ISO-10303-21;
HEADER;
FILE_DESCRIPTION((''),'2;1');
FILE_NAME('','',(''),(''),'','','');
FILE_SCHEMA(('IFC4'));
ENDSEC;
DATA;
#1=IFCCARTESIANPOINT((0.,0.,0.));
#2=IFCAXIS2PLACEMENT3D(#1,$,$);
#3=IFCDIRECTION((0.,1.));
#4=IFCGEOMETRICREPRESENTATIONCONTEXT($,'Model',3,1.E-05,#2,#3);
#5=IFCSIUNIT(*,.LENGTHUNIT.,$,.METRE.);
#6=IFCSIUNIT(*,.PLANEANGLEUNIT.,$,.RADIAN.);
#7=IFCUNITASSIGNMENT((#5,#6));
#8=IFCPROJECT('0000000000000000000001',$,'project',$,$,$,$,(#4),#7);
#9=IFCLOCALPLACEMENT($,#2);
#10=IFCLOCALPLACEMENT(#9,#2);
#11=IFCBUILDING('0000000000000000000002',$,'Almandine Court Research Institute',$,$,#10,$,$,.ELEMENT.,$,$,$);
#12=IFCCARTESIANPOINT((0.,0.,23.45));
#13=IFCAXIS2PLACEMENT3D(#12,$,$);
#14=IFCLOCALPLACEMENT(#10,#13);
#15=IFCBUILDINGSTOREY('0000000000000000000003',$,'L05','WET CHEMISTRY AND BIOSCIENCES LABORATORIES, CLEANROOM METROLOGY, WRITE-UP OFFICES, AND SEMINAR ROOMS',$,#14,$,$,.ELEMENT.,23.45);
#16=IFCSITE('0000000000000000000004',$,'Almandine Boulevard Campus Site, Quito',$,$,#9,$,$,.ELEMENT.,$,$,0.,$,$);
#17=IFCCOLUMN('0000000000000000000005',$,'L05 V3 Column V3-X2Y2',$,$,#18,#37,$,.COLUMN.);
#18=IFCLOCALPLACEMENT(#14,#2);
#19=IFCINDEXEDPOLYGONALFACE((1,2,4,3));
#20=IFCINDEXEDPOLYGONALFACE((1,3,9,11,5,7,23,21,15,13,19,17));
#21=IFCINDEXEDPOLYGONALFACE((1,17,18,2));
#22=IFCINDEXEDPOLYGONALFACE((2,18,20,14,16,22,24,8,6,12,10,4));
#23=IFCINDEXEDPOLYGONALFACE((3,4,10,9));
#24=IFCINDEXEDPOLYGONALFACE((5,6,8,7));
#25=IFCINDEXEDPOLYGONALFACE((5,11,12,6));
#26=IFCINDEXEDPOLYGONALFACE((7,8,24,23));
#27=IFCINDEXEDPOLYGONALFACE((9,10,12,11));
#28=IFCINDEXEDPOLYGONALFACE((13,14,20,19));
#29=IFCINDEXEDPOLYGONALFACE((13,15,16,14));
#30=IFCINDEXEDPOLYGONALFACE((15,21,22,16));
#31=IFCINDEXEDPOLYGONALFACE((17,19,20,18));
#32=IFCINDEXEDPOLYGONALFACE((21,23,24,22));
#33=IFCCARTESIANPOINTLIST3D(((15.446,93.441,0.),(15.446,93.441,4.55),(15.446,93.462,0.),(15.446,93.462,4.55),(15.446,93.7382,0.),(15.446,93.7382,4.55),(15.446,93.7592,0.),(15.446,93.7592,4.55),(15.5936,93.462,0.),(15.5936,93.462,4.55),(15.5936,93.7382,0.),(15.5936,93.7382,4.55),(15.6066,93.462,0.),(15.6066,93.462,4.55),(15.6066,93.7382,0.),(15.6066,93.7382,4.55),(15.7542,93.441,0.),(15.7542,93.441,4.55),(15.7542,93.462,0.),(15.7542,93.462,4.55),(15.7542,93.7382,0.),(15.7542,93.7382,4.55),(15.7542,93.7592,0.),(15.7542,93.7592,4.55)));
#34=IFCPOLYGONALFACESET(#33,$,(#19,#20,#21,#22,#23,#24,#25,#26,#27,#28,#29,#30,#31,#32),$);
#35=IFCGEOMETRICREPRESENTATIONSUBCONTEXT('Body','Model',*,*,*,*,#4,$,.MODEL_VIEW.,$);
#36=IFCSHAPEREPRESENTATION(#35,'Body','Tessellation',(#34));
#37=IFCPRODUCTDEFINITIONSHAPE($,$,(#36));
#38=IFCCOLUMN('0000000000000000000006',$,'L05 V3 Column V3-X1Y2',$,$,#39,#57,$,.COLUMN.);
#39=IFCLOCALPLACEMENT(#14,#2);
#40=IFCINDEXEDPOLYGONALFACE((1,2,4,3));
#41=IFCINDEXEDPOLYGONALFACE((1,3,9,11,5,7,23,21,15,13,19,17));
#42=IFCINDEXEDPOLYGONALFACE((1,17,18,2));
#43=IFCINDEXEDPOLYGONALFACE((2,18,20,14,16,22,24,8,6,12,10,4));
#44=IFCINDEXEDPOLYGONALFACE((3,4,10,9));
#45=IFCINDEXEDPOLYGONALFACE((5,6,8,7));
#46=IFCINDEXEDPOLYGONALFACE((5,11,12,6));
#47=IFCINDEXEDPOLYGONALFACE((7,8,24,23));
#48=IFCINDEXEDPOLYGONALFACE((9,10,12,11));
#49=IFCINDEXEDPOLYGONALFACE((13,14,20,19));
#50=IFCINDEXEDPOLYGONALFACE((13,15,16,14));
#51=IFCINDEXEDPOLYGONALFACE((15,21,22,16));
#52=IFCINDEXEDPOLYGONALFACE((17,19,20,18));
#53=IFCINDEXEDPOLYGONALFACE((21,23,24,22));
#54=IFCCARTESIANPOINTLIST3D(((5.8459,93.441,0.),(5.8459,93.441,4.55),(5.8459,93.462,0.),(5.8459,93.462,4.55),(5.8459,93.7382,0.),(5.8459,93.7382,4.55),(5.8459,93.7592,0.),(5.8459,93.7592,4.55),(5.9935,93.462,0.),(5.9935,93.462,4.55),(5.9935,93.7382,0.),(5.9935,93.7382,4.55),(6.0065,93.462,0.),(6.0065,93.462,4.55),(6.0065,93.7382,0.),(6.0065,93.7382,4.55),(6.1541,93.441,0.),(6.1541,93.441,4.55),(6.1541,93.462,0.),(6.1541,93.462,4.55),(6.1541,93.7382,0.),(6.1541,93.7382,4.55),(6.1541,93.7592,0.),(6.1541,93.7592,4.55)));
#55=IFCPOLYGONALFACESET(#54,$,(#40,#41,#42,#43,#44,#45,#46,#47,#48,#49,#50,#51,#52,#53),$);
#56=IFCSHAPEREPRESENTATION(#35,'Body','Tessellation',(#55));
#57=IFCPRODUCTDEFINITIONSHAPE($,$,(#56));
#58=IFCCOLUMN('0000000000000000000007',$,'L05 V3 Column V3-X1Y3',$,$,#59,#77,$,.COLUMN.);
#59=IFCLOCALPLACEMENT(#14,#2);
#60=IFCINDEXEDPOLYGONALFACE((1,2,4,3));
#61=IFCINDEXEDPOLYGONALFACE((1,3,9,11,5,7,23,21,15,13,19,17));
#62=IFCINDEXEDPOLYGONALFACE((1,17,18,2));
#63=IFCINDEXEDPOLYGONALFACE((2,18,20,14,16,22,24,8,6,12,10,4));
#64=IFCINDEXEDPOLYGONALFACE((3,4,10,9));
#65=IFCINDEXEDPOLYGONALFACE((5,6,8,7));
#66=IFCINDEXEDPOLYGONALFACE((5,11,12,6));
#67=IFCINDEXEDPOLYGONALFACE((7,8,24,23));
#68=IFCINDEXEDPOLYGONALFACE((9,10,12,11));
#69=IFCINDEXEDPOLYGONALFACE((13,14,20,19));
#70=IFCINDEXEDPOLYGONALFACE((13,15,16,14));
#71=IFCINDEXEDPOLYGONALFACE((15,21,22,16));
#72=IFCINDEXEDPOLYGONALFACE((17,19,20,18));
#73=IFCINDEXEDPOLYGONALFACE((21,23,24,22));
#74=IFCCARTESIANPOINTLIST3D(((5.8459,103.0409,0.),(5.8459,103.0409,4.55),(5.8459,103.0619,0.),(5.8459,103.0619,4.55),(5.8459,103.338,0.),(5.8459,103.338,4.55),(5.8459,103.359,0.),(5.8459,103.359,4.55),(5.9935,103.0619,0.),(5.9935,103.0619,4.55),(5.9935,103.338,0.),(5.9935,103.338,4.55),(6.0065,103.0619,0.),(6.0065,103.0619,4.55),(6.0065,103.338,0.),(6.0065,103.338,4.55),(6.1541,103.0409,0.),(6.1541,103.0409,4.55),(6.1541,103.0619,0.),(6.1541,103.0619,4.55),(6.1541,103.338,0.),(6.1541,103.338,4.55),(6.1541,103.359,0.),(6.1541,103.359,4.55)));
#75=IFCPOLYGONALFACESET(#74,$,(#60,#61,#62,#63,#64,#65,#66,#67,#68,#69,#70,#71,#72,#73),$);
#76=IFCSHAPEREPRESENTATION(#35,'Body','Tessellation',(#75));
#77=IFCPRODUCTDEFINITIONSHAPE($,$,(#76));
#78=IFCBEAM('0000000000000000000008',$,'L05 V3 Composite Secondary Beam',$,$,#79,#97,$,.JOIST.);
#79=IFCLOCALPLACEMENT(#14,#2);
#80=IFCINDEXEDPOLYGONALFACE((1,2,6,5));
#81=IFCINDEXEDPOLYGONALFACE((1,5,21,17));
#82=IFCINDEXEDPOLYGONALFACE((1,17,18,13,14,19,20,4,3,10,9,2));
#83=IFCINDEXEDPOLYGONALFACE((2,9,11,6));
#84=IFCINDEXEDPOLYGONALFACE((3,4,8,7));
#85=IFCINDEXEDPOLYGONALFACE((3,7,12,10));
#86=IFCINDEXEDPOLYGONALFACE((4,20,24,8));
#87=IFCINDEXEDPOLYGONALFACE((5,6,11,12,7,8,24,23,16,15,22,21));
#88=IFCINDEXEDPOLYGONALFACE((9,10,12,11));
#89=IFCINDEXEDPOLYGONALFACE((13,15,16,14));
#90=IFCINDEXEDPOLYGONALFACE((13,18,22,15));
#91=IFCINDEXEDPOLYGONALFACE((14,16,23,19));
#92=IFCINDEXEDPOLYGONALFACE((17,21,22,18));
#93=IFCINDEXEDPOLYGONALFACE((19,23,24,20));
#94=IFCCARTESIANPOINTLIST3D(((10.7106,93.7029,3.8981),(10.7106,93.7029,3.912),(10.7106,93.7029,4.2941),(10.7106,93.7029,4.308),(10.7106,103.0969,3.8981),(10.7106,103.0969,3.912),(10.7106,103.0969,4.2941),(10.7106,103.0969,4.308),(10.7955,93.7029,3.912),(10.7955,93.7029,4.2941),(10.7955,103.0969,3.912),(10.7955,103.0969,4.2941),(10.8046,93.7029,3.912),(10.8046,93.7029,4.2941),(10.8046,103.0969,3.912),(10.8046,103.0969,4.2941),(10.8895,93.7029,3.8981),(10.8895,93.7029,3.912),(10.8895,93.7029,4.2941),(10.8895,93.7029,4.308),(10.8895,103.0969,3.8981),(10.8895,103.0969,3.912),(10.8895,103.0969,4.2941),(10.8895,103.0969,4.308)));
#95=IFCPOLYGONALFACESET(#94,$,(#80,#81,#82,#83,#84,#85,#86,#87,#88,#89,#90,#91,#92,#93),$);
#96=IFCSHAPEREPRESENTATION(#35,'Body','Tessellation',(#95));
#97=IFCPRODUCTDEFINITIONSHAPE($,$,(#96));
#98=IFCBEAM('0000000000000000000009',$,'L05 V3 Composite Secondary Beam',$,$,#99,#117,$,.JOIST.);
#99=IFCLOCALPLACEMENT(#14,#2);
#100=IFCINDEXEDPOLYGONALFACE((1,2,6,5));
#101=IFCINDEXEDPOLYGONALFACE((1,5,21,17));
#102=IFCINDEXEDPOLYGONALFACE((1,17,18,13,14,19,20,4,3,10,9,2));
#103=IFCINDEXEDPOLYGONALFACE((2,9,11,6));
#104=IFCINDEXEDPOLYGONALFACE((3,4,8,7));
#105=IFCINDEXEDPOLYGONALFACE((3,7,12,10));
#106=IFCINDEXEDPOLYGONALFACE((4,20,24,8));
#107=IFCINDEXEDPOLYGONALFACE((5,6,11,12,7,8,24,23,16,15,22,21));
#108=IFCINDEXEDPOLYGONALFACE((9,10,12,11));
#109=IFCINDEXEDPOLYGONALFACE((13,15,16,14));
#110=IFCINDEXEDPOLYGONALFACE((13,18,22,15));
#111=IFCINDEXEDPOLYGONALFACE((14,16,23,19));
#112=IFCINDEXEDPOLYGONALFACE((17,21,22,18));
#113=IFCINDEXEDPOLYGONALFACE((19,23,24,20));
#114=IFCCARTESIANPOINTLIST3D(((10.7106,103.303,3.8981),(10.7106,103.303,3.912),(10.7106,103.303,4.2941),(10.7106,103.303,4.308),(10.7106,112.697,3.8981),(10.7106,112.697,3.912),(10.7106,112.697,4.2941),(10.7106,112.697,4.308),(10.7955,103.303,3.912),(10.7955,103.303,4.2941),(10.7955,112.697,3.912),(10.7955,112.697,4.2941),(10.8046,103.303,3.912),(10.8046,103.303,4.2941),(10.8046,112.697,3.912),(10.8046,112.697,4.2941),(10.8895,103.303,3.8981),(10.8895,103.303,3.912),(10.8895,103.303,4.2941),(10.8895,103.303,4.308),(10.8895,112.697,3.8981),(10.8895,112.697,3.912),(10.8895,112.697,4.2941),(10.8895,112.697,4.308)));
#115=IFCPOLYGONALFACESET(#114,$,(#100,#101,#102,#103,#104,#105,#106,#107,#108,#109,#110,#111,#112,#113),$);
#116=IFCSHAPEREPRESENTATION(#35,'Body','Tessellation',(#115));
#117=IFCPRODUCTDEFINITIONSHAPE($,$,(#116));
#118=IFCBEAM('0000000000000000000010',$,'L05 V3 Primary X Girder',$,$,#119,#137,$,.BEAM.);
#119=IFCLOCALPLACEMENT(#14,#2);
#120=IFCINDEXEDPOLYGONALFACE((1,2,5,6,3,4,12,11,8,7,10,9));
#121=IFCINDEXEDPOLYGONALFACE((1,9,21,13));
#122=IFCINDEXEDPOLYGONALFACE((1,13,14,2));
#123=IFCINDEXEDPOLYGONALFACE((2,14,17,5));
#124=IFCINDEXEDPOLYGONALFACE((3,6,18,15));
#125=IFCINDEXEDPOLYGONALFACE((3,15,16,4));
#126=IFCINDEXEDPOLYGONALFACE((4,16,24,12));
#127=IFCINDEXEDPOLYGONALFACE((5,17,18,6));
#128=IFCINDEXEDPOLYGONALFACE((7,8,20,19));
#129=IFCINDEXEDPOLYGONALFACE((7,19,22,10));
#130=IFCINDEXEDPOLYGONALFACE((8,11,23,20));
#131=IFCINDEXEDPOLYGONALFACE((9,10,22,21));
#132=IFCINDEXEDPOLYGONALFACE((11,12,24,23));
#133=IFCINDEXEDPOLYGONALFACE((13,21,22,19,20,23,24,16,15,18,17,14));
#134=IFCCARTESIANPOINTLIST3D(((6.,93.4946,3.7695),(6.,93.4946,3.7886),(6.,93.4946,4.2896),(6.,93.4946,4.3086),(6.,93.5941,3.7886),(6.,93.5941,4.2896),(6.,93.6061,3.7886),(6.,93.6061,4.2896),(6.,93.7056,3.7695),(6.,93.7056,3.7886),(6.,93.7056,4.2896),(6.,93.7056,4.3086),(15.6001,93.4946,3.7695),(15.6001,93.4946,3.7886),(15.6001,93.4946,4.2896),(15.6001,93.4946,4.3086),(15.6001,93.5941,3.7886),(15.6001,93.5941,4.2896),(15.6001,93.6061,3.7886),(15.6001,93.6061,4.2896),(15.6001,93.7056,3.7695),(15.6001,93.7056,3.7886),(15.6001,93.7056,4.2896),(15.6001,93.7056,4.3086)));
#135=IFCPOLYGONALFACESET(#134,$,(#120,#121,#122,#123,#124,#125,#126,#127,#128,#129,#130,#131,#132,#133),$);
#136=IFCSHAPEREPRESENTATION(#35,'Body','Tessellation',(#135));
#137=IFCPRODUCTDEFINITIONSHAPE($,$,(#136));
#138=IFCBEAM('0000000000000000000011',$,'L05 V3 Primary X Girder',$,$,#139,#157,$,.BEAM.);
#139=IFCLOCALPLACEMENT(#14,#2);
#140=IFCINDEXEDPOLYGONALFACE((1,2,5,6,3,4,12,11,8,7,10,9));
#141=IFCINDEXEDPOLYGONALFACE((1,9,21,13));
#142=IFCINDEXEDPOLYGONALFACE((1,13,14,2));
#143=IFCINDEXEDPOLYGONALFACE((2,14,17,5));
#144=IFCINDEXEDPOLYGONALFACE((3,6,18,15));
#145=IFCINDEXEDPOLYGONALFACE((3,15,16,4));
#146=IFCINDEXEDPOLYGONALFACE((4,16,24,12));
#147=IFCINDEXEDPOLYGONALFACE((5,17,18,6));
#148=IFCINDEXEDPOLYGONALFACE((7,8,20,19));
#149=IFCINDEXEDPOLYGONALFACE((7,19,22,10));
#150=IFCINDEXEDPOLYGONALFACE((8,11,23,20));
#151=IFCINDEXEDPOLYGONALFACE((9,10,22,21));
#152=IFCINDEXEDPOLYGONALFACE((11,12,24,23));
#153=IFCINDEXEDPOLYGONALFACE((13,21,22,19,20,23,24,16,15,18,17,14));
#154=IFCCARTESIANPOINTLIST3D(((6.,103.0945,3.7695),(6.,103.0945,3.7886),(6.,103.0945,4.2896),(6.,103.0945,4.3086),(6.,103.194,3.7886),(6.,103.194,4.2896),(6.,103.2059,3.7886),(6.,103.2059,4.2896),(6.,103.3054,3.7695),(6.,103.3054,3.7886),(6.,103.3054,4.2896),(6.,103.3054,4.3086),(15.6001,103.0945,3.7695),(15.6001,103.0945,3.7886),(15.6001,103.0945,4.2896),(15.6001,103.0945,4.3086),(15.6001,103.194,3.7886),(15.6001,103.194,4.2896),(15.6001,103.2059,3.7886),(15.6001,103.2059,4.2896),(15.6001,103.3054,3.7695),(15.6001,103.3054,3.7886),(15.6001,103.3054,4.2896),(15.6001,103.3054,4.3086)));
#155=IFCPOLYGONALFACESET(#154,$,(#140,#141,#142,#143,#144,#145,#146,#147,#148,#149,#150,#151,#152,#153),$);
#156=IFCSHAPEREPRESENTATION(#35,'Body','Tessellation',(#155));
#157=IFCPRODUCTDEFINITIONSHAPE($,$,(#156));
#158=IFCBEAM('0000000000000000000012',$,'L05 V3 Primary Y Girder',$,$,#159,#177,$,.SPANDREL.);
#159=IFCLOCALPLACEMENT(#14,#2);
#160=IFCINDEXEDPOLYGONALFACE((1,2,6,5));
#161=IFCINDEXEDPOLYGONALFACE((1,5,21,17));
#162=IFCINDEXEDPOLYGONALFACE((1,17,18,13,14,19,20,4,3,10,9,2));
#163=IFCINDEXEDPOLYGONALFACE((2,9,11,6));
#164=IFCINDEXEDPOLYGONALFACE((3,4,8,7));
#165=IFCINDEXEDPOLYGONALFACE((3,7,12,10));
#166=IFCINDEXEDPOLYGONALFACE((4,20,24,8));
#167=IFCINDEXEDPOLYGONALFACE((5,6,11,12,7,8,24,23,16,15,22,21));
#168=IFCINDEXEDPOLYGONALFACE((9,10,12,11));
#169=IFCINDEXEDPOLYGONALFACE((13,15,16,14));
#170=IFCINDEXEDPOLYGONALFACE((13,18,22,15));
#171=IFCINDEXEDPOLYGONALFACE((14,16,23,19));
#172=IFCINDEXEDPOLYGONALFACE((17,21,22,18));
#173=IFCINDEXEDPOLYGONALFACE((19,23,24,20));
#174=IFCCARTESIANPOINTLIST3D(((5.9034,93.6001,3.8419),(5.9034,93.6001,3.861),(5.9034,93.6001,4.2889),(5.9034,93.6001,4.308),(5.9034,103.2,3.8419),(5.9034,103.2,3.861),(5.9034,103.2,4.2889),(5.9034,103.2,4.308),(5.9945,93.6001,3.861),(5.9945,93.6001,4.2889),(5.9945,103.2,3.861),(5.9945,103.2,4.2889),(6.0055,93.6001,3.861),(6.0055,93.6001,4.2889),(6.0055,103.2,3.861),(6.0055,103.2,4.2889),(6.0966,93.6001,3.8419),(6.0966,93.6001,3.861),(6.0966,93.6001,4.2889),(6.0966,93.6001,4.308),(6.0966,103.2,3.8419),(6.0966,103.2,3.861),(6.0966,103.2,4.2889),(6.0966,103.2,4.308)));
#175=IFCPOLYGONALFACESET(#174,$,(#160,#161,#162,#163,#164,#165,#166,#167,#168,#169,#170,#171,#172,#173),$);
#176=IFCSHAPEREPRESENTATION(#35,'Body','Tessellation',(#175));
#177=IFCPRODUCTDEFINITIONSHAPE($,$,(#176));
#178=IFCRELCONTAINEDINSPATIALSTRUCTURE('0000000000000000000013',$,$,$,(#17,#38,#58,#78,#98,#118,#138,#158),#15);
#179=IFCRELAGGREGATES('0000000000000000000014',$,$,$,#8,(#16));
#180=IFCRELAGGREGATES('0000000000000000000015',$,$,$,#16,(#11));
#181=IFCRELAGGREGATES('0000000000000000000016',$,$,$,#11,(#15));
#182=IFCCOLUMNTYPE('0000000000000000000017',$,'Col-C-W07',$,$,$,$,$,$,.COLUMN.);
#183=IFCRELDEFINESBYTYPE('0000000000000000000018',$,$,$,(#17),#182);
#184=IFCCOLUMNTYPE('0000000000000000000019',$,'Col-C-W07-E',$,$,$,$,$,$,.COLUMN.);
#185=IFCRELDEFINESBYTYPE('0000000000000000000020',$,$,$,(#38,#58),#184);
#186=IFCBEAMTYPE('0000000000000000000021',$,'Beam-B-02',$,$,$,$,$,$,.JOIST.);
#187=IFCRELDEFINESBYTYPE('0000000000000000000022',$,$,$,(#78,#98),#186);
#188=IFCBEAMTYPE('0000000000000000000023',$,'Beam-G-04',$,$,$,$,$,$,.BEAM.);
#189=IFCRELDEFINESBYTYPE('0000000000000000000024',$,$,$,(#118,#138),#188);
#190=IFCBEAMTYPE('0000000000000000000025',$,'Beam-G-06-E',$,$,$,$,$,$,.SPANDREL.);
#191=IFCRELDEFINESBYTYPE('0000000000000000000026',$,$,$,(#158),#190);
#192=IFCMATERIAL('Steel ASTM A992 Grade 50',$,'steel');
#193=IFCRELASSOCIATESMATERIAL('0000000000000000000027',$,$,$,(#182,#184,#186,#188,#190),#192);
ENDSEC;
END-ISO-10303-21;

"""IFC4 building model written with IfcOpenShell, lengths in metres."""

from ifc_helpers import new_model, si_unit, direction, frame, origin, origin_2d, place, context, subcontext, project, spatial, i_section, extrude, material, material_profile, profile_set, type_object, element, save


model = new_model("IFC4")

# Units and contexts
model_context = context("Model", 3, precision=1e-05, world=origin(), true_north=direction((0.0, 1.0)))
body_context = subcontext(model_context, "Body", "Model", "MODEL_VIEW")
ifc_project = project(units=[si_unit("LENGTHUNIT", "METRE"), si_unit("PLANEANGLEUNIT", "RADIAN")], contexts=[model_context])

# Site, building, storey
site_placement = place(None, origin())
site = spatial("IfcSite", under=ifc_project, at=site_placement, Name="Almandine Boulevard Campus Site, Quito", CompositionType="ELEMENT", RefElevation=0.0)
building_placement = place(site_placement, origin())
building = spatial("IfcBuilding", under=site, at=building_placement, Name="Almandine Court Research Institute", CompositionType="ELEMENT")
storey_placement = place(building_placement, frame((0.0, 0.0, 23.45)))
storey = spatial("IfcBuildingStorey", under=building, at=storey_placement, Name="L05", Description="WET CHEMISTRY AND BIOSCIENCES LABORATORIES, CLEANROOM METROLOGY, WRITE-UP OFFICES, AND SEMINAR ROOMS", CompositionType="ELEMENT", Elevation=23.45)

# Columns
ifc_material_1 = material(Name="Steel ASTM A992 Grade 50", Category="steel")
ifc_material_profile_1 = material_profile(ifc_material_1, i_section(OverallWidth=0.3081, OverallDepth=0.3181, WebThickness=0.0129, FlangeThickness=0.021, at=origin_2d()), Name="W310x129")
ifc_profile_set_1 = profile_set([ifc_material_profile_1], Name="Steel ASTM A992 Grade 50")
column_type_1 = type_object("IfcColumnType", Name="Col-C-W07", PredefinedType="COLUMN", material=ifc_profile_set_1)
column_placement = place(storey_placement, frame((15.6001, 93.6001, 0.0), z_axis=(0.0, 0.0, 1.0), x_axis=(1.0, 0.0, 0.0)))
element("IfcColumn", 1, at=column_placement, inside=storey, type_object=column_type_1, Name="L05 V3 Column V3-X2Y2", PredefinedType="COLUMN", context=body_context, shape_type="SweptSolid", body=[
    extrude(i_section(OverallWidth=0.3081, OverallDepth=0.3181, WebThickness=0.0129, FlangeThickness=0.021, at=origin_2d()), origin(), (0.0, 0.0, 1.0), 4.55),
])
ifc_material_profile_2 = material_profile(ifc_material_1, i_section(OverallWidth=0.3081, OverallDepth=0.3181, WebThickness=0.0129, FlangeThickness=0.021, at=origin_2d()), Name="W310x129")
ifc_profile_set_2 = profile_set([ifc_material_profile_2], Name="Steel ASTM A992 Grade 50")
column_type_2 = type_object("IfcColumnType", Name="Col-C-W07-E", PredefinedType="COLUMN", material=ifc_profile_set_2)
for number, where, z_axis, x_axis, name in (
    (2, (6.0, 93.6001, 0.0), (0.0, 0.0, 1.0), (1.0, 0.0, 0.0), "L05 V3 Column V3-X1Y2"),
    (3, (6.0, 103.2, 0.0), (0.0, 0.0, 1.0), (1.0, 0.0, 0.0), "L05 V3 Column V3-X1Y3"),
):
    element("IfcColumn", number, at=place(storey_placement, frame(where, z_axis=z_axis, x_axis=x_axis)), inside=storey, type_object=column_type_2, Name=name, PredefinedType="COLUMN", context=body_context, shape_type="SweptSolid", body=[
        extrude(i_section(OverallWidth=0.3081, OverallDepth=0.3181, WebThickness=0.0129, FlangeThickness=0.021, at=origin_2d()), origin(), (0.0, 0.0, 1.0), 4.55),
    ])

# Beams
ifc_material_profile_3 = material_profile(ifc_material_1, i_section(OverallWidth=0.179, OverallDepth=0.4099, WebThickness=0.009, FlangeThickness=0.0139, at=origin_2d()), Name="W410x67")
ifc_profile_set_3 = profile_set([ifc_material_profile_3], Name="Steel ASTM A992 Grade 50")
beam_type_1 = type_object("IfcBeamType", Name="Beam-B-02", PredefinedType="JOIST", material=ifc_profile_set_3)
for number, where, z_axis, x_axis, name in (
    (4, (10.8, 93.7029, 4.103), (0.0, 1.0, 0.0), (-1.0, 0.0, 0.0), "L05 V3 Composite Secondary Beam"),
    (5, (10.8, 103.303, 4.103), (0.0, 1.0, 0.0), (-1.0, 0.0, 0.0), "L05 V3 Composite Secondary Beam"),
):
    element("IfcBeam", number, at=place(storey_placement, frame(where, z_axis=z_axis, x_axis=x_axis)), inside=storey, type_object=beam_type_1, Name=name, PredefinedType="JOIST", context=body_context, shape_type="SweptSolid", body=[
        extrude(i_section(OverallWidth=0.179, OverallDepth=0.4099, WebThickness=0.009, FlangeThickness=0.0139, at=origin_2d()), origin(), (0.0, 0.0, 1.0), 9.394),
    ])
ifc_material_profile_4 = material_profile(ifc_material_1, i_section(OverallWidth=0.2109, OverallDepth=0.5391, WebThickness=0.012, FlangeThickness=0.019, at=origin_2d()), Name="W530x109")
ifc_profile_set_4 = profile_set([ifc_material_profile_4], Name="Steel ASTM A992 Grade 50")
beam_type_2 = type_object("IfcBeamType", Name="Beam-G-04", PredefinedType="BEAM", material=ifc_profile_set_4)
for number, where, z_axis, x_axis, name in (
    (6, (6.0, 93.6001, 4.0391), (1.0, 0.0, 0.0), (0.0, 1.0, 0.0), "L05 V3 Primary X Girder"),
    (7, (6.0, 103.2, 4.0391), (1.0, 0.0, 0.0), (0.0, 1.0, 0.0), "L05 V3 Primary X Girder"),
):
    element("IfcBeam", number, at=place(storey_placement, frame(where, z_axis=z_axis, x_axis=x_axis)), inside=storey, type_object=beam_type_2, Name=name, PredefinedType="BEAM", context=body_context, shape_type="SweptSolid", body=[
        extrude(i_section(OverallWidth=0.2109, OverallDepth=0.5391, WebThickness=0.012, FlangeThickness=0.019, at=origin_2d()), origin(), (0.0, 0.0, 1.0), 9.6001),
    ])
ifc_material_profile_5 = material_profile(ifc_material_1, i_section(OverallWidth=0.1931, OverallDepth=0.4661, WebThickness=0.011, FlangeThickness=0.019, at=origin_2d()), Name="W460x97")
ifc_profile_set_5 = profile_set([ifc_material_profile_5], Name="Steel ASTM A992 Grade 50")
beam_type_3 = type_object("IfcBeamType", Name="Beam-G-06-E", PredefinedType="SPANDREL", material=ifc_profile_set_5)
beam_1_placement = place(storey_placement, frame((6.0, 93.6001, 4.075), z_axis=(0.0, 1.0, 0.0), x_axis=(-1.0, 0.0, 0.0)))
element("IfcBeam", 8, at=beam_1_placement, inside=storey, type_object=beam_type_3, Name="L05 V3 Primary Y Girder", PredefinedType="SPANDREL", context=body_context, shape_type="SweptSolid", body=[
    extrude(i_section(OverallWidth=0.1931, OverallDepth=0.4661, WebThickness=0.011, FlangeThickness=0.019, at=origin_2d()), origin(), (0.0, 0.0, 1.0), 9.5999),
])

save(model, "model.ifc")
